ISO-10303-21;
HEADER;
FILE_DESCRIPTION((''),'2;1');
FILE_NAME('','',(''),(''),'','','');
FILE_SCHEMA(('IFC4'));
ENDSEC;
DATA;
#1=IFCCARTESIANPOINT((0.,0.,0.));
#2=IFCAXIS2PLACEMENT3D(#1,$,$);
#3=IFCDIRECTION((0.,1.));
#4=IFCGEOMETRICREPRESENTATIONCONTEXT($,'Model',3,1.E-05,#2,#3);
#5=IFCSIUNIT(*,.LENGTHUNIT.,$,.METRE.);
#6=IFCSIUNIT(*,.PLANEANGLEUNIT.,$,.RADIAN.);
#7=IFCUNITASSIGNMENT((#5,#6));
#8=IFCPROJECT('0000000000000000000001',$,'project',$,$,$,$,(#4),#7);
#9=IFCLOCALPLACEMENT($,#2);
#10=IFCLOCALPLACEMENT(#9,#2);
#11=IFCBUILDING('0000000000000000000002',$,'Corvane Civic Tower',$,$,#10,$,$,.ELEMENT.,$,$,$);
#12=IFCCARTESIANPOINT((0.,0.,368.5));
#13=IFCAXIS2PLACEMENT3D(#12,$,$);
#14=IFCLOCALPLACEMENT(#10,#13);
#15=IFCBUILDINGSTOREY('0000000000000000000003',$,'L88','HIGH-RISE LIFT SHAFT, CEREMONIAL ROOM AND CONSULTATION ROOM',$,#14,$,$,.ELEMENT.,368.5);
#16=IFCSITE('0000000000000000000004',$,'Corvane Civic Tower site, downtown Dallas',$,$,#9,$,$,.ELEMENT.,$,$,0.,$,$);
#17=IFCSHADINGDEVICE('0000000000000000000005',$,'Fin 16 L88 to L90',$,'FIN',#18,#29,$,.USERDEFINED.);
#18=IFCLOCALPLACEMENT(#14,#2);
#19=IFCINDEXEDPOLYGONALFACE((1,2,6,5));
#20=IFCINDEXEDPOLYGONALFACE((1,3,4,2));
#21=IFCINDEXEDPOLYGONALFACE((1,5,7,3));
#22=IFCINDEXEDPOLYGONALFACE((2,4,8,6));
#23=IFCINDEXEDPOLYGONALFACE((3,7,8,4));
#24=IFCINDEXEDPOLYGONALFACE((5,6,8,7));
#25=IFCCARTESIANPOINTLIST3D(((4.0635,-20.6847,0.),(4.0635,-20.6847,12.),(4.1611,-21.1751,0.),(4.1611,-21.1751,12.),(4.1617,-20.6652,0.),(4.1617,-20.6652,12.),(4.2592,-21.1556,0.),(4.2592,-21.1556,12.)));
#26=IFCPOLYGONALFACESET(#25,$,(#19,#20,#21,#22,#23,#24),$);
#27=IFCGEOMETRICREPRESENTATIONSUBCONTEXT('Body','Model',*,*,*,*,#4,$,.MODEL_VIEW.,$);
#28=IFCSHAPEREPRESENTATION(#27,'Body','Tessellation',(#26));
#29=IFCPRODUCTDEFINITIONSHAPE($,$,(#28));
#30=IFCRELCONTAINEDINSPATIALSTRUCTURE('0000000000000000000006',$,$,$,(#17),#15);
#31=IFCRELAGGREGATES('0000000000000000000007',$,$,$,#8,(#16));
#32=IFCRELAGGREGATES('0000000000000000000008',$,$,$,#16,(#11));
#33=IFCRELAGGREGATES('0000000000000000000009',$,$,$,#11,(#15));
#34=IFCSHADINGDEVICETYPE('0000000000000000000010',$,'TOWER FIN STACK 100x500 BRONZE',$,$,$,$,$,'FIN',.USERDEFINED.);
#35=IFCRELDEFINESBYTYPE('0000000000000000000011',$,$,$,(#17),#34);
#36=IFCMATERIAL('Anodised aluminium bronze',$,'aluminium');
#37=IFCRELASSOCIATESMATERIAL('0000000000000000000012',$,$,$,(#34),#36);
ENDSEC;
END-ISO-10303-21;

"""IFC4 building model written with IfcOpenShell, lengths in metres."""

from ifc_helpers import new_model, si_unit, direction, frame, origin, origin_2d, place, context, subcontext, project, spatial, rectangle, extrude, material, material_profile, profile_set, type_object, element, save


model = new_model("IFC4")

# Units and contexts
model_context = context("Model", 3, precision=1e-05, world=origin(), true_north=direction((0.0, 1.0)))
body_context = subcontext(model_context, "Body", "Model", "MODEL_VIEW")
ifc_project = project(units=[si_unit("LENGTHUNIT", "METRE"), si_unit("PLANEANGLEUNIT", "RADIAN")], contexts=[model_context])

# Site, building, storey
site_placement = place(None, origin())
site = spatial("IfcSite", under=ifc_project, at=site_placement, Name="Corvane Civic Tower site, downtown Dallas", CompositionType="ELEMENT", RefElevation=0.0)
building_placement = place(site_placement, origin())
building = spatial("IfcBuilding", under=site, at=building_placement, Name="Corvane Civic Tower", CompositionType="ELEMENT")
storey_placement = place(building_placement, frame((0.0, 0.0, 368.5)))
storey = spatial("IfcBuildingStorey", under=building, at=storey_placement, Name="L88", Description="HIGH-RISE LIFT SHAFT, CEREMONIAL ROOM AND CONSULTATION ROOM", CompositionType="ELEMENT", Elevation=368.5)

# Shading device
ifc_material_1 = material(Name="Anodised aluminium bronze", Category="aluminium")
ifc_material_profile_1 = material_profile(ifc_material_1, rectangle(XDim=0.1001, YDim=0.5, at=origin_2d()), Name="TOWER FIN STACK 100x500 BRONZE")
ifc_profile_set_1 = profile_set([ifc_material_profile_1], Name="Anodised aluminium bronze")
shading_device_type = type_object("IfcShadingDeviceType", Name="TOWER FIN STACK 100x500 BRONZE", ElementType="FIN", PredefinedType="USERDEFINED", material=ifc_profile_set_1)
for number, where, z_axis, x_axis, name in (
    (1, (4.1614, -20.9202, 0.0), (0.0, 0.0, 1.0), (-0.980785, -0.19509, 0.0), "Fin 16 L88 to L90"),
):
    element("IfcShadingDevice", number, at=place(storey_placement, frame(where, z_axis=z_axis, x_axis=x_axis)), inside=storey, type_object=shading_device_type, Name=name, ObjectType="FIN", PredefinedType="USERDEFINED", context=body_context, shape_type="SweptSolid", body=[
        extrude(rectangle(XDim=0.1001, YDim=0.5, at=origin_2d()), origin(), (0.0, 0.0, 1.0), 12.0),
    ])

save(model, "model.ifc")
